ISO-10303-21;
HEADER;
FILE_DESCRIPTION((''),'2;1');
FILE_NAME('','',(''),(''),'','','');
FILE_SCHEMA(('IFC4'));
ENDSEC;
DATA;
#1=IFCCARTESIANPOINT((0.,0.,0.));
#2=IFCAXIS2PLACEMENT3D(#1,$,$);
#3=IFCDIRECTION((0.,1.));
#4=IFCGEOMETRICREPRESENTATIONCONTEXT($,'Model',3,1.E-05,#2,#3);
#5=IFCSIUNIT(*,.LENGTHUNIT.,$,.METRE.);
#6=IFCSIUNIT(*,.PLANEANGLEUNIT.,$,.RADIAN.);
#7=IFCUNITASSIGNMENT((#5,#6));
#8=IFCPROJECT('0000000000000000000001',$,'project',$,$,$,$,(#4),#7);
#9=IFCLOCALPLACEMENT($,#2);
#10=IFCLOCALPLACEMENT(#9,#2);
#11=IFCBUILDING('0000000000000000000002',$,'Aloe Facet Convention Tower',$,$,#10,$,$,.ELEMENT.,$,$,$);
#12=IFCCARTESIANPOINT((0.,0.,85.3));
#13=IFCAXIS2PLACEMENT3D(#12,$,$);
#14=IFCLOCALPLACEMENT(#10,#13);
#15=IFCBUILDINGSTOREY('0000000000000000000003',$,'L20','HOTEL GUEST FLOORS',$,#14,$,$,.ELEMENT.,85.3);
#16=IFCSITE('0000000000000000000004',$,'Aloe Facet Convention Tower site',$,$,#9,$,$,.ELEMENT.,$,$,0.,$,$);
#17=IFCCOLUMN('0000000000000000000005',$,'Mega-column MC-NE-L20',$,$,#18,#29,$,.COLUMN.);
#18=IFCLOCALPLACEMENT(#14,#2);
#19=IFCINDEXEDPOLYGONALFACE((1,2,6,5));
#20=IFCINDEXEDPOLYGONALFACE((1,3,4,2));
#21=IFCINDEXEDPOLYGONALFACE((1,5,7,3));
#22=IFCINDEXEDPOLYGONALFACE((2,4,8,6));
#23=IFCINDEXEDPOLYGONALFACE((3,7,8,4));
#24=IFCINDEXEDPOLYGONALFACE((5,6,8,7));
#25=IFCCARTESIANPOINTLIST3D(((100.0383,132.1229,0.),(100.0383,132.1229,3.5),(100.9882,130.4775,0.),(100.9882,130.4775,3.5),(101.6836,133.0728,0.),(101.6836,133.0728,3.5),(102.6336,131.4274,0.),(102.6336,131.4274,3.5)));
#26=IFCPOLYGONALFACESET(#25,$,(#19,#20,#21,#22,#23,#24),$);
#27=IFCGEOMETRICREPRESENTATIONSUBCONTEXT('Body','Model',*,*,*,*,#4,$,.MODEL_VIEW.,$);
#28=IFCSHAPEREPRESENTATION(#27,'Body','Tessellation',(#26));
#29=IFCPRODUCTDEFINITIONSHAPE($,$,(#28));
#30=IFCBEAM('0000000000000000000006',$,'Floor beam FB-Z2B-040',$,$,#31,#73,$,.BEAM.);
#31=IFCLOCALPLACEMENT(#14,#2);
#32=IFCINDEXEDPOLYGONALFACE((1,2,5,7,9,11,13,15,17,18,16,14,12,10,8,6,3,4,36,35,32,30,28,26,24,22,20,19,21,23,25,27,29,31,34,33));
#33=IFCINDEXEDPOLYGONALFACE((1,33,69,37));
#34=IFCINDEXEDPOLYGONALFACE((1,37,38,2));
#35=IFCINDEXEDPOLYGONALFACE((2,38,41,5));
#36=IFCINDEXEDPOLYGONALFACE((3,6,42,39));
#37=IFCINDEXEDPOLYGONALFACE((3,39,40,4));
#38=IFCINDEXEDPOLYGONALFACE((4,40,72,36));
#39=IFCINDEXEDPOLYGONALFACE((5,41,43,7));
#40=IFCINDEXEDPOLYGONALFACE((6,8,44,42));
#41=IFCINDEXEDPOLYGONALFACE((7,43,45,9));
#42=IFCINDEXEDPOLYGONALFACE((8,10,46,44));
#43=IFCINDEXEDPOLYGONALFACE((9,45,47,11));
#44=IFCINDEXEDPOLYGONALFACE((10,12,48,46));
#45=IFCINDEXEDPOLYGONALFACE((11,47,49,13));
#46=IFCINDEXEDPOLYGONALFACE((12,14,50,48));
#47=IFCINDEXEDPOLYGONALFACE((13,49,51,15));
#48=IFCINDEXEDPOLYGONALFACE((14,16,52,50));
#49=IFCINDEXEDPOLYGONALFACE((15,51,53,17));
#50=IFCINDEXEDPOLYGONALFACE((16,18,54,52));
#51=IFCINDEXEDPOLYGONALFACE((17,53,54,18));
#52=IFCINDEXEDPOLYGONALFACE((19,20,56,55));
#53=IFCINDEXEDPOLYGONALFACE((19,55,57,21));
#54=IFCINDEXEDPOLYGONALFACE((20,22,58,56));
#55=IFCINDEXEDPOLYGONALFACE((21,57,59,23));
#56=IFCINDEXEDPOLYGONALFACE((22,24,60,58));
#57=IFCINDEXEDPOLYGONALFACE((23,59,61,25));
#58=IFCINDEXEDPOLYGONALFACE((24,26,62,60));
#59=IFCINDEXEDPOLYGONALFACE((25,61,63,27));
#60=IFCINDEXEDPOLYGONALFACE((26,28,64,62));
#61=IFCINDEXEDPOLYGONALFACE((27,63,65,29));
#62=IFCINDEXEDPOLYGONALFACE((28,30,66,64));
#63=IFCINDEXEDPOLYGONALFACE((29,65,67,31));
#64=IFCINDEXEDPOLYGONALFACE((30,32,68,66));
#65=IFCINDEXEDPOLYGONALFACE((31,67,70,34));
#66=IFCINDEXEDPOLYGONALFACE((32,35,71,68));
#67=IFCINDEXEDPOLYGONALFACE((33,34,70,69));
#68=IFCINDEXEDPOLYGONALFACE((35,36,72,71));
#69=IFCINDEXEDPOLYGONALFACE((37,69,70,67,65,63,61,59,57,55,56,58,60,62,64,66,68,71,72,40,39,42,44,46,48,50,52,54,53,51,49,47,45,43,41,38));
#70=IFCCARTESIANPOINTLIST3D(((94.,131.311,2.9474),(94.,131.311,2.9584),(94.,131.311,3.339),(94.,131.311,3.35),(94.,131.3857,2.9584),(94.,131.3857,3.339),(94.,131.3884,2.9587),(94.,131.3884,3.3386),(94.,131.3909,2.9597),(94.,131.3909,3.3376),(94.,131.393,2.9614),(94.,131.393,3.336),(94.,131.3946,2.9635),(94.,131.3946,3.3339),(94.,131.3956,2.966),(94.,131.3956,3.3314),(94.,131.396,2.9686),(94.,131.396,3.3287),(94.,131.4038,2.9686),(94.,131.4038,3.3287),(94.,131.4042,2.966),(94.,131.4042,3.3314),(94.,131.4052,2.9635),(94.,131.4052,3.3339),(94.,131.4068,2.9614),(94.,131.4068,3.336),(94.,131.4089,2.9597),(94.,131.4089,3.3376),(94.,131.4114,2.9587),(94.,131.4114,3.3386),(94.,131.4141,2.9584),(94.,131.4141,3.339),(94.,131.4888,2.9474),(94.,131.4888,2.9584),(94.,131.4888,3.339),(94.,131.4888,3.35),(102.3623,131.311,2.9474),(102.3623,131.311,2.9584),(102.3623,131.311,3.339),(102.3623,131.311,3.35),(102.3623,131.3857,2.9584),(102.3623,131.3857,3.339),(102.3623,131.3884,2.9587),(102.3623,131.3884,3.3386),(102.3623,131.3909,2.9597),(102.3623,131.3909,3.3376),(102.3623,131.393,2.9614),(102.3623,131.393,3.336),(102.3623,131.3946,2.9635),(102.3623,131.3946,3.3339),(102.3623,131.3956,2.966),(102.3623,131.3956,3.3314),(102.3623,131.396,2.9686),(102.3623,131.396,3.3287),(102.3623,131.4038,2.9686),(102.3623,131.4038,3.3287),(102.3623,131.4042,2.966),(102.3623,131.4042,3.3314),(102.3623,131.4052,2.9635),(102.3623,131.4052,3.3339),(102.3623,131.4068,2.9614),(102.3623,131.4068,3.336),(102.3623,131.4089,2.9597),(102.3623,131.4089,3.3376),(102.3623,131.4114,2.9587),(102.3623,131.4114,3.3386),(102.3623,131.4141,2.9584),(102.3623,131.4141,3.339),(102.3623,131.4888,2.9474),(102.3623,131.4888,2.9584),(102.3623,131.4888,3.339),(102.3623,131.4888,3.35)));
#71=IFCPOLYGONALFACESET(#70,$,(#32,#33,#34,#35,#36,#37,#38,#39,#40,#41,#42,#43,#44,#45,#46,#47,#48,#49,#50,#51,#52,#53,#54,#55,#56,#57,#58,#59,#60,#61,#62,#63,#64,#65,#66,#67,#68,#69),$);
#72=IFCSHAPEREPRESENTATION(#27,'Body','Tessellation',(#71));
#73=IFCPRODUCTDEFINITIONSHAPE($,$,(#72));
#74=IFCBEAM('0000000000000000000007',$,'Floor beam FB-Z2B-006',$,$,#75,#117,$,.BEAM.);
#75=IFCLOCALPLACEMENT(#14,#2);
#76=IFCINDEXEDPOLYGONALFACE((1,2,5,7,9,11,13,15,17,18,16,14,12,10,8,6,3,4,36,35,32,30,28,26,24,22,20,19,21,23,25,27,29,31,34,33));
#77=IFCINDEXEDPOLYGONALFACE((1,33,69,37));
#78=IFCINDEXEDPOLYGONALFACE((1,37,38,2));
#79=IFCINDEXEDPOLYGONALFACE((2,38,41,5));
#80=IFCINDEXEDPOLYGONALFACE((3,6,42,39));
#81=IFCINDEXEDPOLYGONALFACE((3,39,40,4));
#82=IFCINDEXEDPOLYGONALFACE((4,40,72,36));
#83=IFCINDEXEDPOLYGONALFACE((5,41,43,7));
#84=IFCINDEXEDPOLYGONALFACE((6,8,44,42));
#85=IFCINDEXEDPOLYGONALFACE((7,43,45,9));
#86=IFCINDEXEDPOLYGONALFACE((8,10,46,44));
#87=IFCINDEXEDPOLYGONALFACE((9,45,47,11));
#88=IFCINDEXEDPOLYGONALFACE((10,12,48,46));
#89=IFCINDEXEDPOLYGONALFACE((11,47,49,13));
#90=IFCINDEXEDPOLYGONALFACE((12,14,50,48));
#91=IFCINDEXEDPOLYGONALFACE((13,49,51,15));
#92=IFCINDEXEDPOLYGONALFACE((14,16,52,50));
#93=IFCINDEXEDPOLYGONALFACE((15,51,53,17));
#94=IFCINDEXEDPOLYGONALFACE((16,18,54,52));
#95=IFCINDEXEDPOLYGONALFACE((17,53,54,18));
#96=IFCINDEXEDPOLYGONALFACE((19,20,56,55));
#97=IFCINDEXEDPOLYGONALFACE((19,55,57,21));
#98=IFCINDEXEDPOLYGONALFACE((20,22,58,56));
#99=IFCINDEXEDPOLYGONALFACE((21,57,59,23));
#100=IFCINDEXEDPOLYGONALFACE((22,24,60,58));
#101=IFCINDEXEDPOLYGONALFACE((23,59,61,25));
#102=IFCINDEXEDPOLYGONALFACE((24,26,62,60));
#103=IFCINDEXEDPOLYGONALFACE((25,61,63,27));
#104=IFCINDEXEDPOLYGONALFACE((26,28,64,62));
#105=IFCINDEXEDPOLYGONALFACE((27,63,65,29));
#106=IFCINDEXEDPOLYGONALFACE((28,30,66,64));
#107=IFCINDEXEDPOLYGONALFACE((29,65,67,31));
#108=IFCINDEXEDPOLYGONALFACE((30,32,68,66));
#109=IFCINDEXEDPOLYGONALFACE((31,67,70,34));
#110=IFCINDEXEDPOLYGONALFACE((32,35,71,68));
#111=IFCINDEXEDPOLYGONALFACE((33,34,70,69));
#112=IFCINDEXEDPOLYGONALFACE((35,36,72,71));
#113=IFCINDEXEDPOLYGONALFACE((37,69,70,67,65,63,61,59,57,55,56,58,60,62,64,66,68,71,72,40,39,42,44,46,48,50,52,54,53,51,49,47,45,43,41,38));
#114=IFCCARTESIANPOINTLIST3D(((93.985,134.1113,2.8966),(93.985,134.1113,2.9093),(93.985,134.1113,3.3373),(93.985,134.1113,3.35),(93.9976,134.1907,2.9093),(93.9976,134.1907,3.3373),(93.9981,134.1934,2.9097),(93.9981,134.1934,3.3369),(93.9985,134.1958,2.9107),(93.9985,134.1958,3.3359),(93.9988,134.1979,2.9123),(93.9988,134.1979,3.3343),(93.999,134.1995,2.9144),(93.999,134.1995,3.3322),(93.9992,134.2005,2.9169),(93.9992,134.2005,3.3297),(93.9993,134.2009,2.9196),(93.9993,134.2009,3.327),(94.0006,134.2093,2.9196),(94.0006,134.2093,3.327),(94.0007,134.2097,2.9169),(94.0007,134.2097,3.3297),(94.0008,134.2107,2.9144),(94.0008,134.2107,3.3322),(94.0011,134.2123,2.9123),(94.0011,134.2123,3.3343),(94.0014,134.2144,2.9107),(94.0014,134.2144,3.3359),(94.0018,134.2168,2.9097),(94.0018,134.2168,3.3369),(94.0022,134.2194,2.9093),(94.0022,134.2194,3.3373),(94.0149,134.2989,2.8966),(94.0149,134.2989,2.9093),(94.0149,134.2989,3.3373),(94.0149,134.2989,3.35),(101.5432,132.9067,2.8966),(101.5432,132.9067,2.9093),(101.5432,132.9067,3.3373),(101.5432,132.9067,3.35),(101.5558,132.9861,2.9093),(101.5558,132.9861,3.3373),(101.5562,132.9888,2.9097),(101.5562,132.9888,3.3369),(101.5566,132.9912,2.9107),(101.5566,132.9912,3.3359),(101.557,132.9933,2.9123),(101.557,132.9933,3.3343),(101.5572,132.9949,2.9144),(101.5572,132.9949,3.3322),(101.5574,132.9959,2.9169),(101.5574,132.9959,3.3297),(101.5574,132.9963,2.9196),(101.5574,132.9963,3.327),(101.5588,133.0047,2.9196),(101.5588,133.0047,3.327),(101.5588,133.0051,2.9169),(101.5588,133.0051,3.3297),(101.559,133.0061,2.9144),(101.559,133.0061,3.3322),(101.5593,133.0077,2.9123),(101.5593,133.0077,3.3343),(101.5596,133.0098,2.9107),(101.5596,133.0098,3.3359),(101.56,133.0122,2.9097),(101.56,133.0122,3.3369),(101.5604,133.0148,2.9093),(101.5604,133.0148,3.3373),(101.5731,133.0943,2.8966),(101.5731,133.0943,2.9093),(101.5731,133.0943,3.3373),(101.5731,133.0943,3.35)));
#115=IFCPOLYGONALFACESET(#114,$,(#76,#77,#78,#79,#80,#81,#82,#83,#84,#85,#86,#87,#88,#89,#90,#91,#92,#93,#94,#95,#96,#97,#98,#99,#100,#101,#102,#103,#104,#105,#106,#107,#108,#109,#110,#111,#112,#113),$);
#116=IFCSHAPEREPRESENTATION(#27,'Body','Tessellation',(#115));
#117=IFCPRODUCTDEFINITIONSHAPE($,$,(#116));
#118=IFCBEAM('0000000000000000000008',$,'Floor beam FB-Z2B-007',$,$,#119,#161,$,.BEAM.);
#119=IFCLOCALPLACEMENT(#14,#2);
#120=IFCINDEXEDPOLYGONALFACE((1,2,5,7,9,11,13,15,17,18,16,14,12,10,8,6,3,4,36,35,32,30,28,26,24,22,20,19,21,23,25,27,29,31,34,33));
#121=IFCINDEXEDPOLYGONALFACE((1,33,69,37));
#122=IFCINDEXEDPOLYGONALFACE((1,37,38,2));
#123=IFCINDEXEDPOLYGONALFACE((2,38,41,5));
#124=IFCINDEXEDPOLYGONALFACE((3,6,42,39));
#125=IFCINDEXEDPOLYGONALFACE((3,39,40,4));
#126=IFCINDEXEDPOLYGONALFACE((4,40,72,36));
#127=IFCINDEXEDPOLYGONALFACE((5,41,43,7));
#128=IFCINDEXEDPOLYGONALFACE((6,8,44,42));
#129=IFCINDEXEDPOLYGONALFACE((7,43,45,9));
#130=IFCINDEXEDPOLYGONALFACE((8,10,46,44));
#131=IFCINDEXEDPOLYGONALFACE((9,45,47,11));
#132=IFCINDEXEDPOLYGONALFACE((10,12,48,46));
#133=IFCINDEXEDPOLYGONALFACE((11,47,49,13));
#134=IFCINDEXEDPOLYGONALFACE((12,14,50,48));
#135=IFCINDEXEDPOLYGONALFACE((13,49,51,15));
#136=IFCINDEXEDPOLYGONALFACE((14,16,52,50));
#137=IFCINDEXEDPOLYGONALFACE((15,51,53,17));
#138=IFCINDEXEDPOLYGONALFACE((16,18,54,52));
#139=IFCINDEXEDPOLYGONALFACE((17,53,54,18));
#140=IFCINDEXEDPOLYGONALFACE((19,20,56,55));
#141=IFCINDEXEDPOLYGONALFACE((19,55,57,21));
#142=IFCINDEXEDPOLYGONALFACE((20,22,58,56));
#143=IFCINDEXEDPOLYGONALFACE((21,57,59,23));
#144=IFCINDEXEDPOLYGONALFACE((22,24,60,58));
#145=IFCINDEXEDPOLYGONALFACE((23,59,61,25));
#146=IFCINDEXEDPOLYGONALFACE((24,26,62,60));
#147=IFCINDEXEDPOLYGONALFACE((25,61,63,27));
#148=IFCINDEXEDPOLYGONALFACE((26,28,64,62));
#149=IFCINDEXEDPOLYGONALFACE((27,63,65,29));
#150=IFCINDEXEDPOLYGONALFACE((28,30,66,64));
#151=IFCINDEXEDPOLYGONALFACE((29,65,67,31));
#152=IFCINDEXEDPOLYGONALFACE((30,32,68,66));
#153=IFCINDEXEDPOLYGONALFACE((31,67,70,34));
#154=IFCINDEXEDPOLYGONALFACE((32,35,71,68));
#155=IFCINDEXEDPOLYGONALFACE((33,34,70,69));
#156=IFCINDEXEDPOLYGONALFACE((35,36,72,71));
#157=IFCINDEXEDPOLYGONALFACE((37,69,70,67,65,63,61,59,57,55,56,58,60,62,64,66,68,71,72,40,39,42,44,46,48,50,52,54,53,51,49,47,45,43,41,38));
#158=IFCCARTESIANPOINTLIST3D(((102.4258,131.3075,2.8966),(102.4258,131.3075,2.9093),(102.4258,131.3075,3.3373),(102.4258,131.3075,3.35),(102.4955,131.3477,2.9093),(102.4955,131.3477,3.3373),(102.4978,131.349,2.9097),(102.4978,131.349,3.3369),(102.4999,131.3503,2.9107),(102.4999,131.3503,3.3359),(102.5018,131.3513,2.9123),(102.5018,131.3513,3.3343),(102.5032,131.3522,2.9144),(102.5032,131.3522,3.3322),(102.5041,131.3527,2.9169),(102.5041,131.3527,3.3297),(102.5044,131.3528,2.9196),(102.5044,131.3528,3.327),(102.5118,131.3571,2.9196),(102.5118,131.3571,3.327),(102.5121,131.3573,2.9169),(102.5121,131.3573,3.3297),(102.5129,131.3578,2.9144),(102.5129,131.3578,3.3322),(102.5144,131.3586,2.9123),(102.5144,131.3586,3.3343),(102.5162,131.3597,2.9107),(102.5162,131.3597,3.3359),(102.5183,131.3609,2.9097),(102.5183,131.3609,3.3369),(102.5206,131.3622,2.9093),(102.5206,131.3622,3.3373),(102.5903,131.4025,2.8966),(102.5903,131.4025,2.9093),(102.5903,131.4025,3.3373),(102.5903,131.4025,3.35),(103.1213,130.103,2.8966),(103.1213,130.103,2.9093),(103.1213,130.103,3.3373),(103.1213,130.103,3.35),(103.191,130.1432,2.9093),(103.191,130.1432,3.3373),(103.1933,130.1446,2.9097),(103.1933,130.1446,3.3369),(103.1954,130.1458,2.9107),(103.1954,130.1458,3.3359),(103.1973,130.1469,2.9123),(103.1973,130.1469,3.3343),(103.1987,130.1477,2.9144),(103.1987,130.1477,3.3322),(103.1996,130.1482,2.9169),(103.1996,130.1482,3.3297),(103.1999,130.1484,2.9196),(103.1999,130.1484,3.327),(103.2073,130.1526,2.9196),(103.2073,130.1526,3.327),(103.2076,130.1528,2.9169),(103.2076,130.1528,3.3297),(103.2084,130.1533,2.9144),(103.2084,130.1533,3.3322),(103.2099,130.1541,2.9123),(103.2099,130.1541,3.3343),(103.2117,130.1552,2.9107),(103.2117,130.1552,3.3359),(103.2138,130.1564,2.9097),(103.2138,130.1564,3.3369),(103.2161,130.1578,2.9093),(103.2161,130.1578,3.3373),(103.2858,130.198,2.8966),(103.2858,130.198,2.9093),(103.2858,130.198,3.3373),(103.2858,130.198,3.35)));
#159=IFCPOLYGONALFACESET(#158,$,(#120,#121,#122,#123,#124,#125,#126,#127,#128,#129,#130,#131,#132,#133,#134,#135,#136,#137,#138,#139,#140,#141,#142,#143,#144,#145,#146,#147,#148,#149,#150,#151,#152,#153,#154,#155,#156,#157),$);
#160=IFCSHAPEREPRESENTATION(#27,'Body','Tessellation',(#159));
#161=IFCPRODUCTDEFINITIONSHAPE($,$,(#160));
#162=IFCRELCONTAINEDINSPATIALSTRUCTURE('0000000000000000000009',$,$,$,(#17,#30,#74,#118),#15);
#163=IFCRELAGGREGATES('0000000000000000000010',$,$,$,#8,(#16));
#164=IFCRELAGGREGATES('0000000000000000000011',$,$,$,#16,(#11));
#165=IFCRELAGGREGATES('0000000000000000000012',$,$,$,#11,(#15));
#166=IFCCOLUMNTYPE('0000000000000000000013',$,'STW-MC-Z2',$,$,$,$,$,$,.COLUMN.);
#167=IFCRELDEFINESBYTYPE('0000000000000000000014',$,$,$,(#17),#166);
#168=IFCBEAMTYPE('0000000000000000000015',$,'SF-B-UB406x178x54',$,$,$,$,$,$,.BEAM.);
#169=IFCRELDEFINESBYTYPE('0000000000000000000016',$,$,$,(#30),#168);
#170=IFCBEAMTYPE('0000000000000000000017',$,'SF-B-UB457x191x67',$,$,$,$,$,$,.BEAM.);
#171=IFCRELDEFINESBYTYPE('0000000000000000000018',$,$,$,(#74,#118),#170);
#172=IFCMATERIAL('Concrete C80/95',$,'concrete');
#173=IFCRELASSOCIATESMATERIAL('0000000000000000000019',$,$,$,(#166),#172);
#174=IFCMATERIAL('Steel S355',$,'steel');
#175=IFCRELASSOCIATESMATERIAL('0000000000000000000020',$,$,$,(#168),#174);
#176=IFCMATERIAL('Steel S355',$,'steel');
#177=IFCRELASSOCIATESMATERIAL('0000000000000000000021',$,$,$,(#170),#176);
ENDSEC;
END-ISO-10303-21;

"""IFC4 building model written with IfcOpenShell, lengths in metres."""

from ifc_helpers import new_model, si_unit, direction, frame, origin, origin_2d, place, context, subcontext, project, spatial, rectangle, i_section, extrude, material, material_profile, profile_set, type_object, element, save


model = new_model("IFC4")

# Units and contexts
model_context = context("Model", 3, precision=1e-05, world=origin(), true_north=direction((0.0, 1.0)))
body_context = subcontext(model_context, "Body", "Model", "MODEL_VIEW")
ifc_project = project(units=[si_unit("LENGTHUNIT", "METRE"), si_unit("PLANEANGLEUNIT", "RADIAN")], contexts=[model_context])

# Site, building, storey
site_placement = place(None, origin())
site = spatial("IfcSite", under=ifc_project, at=site_placement, Name="Aloe Facet Convention Tower site", CompositionType="ELEMENT", RefElevation=0.0)
building_placement = place(site_placement, origin())
building = spatial("IfcBuilding", under=site, at=building_placement, Name="Aloe Facet Convention Tower", CompositionType="ELEMENT")
storey_placement = place(building_placement, frame((0.0, 0.0, 85.3)))
storey = spatial("IfcBuildingStorey", under=building, at=storey_placement, Name="L20", Description="HOTEL GUEST FLOORS", CompositionType="ELEMENT", Elevation=85.3)

# Column
ifc_material_1 = material(Name="Concrete C80/95", Category="concrete")
ifc_material_profile_1 = material_profile(ifc_material_1, rectangle(XDim=1.8999, YDim=1.8999, at=origin_2d()), Name="STW-MC-Z2")
ifc_profile_set_1 = profile_set([ifc_material_profile_1], Name="Concrete C80/95")
column_type = type_object("IfcColumnType", Name="STW-MC-Z2", PredefinedType="COLUMN", material=ifc_profile_set_1)
column_placement = place(storey_placement, frame((101.3359, 131.7751, 0.0), z_axis=(0.0, 0.0, 1.0), x_axis=(-0.5, 0.866025, 0.0)))
element("IfcColumn", 1, at=column_placement, inside=storey, type_object=column_type, Name="Mega-column MC-NE-L20", PredefinedType="COLUMN", context=body_context, shape_type="SweptSolid", body=[
    extrude(rectangle(XDim=1.8999, YDim=1.8999, at=origin_2d()), origin(), (0.0, 0.0, 1.0), 3.5),
])

# Beams
ifc_material_2 = material(Name="Steel S355", Category="steel")
ifc_material_profile_2 = material_profile(ifc_material_2, i_section(OverallWidth=0.1777, OverallDepth=0.4026, WebThickness=0.0078, FlangeThickness=0.011, FilletRadius=0.0103, at=origin_2d()), Name="UB 406x178x54")
ifc_profile_set_2 = profile_set([ifc_material_profile_2], Name="Steel S355")
beam_type_1 = type_object("IfcBeamType", Name="SF-B-UB406x178x54", PredefinedType="BEAM", material=ifc_profile_set_2)
beam_1_placement = place(storey_placement, frame((94.0, 131.3999, 3.1487), z_axis=(1.0, 0.0, 0.0), x_axis=(0.0, 1.0, 0.0)))
element("IfcBeam", 2, at=beam_1_placement, inside=storey, type_object=beam_type_1, Name="Floor beam FB-Z2B-040", PredefinedType="BEAM", context=body_context, shape_type="SweptSolid", body=[
    extrude(i_section(OverallWidth=0.1777, OverallDepth=0.4026, WebThickness=0.0078, FlangeThickness=0.011, FilletRadius=0.0103, at=origin_2d()), origin(), (0.0, 0.0, 1.0), 8.3623),
])
ifc_material_3 = material(Name="Steel S355", Category="steel")
ifc_material_profile_3 = material_profile(ifc_material_3, i_section(OverallWidth=0.1899, OverallDepth=0.4534, WebThickness=0.0085, FlangeThickness=0.0127, FilletRadius=0.0103, at=origin_2d()), Name="UB 457x191x67")
ifc_profile_set_3 = profile_set([ifc_material_profile_3], Name="Steel S355")
beam_type_2 = type_object("IfcBeamType", Name="SF-B-UB457x191x67", PredefinedType="BEAM", material=ifc_profile_set_3)
beam_2_placement = place(storey_placement, frame((101.5581, 133.0005, 3.1233), z_axis=(-0.987536, 0.157391, 0.0), x_axis=(-0.157391, -0.987536, 0.0)))
element("IfcBeam", 3, at=beam_2_placement, inside=storey, type_object=beam_type_2, Name="Floor beam FB-Z2B-006", PredefinedType="BEAM", context=body_context, shape_type="SweptSolid", body=[
    extrude(i_section(OverallWidth=0.1899, OverallDepth=0.4534, WebThickness=0.0085, FlangeThickness=0.0127, FilletRadius=0.0103, at=origin_2d()), origin(), (0.0, 0.0, 1.0), 7.6536),
])
beam_3_placement = place(storey_placement, frame((102.5081, 131.355, 3.1233), z_axis=(0.500047, -0.865999, 0.0), x_axis=(0.865999, 0.500047, 0.0)))
element("IfcBeam", 4, at=beam_3_placement, inside=storey, type_object=beam_type_2, Name="Floor beam FB-Z2B-007", PredefinedType="BEAM", context=body_context, shape_type="SweptSolid", body=[
    extrude(i_section(OverallWidth=0.1899, OverallDepth=0.4534, WebThickness=0.0085, FlangeThickness=0.0127, FilletRadius=0.0103, at=origin_2d()), origin(), (0.0, 0.0, 1.0), 1.3909),
])

save(model, "model.ifc")
